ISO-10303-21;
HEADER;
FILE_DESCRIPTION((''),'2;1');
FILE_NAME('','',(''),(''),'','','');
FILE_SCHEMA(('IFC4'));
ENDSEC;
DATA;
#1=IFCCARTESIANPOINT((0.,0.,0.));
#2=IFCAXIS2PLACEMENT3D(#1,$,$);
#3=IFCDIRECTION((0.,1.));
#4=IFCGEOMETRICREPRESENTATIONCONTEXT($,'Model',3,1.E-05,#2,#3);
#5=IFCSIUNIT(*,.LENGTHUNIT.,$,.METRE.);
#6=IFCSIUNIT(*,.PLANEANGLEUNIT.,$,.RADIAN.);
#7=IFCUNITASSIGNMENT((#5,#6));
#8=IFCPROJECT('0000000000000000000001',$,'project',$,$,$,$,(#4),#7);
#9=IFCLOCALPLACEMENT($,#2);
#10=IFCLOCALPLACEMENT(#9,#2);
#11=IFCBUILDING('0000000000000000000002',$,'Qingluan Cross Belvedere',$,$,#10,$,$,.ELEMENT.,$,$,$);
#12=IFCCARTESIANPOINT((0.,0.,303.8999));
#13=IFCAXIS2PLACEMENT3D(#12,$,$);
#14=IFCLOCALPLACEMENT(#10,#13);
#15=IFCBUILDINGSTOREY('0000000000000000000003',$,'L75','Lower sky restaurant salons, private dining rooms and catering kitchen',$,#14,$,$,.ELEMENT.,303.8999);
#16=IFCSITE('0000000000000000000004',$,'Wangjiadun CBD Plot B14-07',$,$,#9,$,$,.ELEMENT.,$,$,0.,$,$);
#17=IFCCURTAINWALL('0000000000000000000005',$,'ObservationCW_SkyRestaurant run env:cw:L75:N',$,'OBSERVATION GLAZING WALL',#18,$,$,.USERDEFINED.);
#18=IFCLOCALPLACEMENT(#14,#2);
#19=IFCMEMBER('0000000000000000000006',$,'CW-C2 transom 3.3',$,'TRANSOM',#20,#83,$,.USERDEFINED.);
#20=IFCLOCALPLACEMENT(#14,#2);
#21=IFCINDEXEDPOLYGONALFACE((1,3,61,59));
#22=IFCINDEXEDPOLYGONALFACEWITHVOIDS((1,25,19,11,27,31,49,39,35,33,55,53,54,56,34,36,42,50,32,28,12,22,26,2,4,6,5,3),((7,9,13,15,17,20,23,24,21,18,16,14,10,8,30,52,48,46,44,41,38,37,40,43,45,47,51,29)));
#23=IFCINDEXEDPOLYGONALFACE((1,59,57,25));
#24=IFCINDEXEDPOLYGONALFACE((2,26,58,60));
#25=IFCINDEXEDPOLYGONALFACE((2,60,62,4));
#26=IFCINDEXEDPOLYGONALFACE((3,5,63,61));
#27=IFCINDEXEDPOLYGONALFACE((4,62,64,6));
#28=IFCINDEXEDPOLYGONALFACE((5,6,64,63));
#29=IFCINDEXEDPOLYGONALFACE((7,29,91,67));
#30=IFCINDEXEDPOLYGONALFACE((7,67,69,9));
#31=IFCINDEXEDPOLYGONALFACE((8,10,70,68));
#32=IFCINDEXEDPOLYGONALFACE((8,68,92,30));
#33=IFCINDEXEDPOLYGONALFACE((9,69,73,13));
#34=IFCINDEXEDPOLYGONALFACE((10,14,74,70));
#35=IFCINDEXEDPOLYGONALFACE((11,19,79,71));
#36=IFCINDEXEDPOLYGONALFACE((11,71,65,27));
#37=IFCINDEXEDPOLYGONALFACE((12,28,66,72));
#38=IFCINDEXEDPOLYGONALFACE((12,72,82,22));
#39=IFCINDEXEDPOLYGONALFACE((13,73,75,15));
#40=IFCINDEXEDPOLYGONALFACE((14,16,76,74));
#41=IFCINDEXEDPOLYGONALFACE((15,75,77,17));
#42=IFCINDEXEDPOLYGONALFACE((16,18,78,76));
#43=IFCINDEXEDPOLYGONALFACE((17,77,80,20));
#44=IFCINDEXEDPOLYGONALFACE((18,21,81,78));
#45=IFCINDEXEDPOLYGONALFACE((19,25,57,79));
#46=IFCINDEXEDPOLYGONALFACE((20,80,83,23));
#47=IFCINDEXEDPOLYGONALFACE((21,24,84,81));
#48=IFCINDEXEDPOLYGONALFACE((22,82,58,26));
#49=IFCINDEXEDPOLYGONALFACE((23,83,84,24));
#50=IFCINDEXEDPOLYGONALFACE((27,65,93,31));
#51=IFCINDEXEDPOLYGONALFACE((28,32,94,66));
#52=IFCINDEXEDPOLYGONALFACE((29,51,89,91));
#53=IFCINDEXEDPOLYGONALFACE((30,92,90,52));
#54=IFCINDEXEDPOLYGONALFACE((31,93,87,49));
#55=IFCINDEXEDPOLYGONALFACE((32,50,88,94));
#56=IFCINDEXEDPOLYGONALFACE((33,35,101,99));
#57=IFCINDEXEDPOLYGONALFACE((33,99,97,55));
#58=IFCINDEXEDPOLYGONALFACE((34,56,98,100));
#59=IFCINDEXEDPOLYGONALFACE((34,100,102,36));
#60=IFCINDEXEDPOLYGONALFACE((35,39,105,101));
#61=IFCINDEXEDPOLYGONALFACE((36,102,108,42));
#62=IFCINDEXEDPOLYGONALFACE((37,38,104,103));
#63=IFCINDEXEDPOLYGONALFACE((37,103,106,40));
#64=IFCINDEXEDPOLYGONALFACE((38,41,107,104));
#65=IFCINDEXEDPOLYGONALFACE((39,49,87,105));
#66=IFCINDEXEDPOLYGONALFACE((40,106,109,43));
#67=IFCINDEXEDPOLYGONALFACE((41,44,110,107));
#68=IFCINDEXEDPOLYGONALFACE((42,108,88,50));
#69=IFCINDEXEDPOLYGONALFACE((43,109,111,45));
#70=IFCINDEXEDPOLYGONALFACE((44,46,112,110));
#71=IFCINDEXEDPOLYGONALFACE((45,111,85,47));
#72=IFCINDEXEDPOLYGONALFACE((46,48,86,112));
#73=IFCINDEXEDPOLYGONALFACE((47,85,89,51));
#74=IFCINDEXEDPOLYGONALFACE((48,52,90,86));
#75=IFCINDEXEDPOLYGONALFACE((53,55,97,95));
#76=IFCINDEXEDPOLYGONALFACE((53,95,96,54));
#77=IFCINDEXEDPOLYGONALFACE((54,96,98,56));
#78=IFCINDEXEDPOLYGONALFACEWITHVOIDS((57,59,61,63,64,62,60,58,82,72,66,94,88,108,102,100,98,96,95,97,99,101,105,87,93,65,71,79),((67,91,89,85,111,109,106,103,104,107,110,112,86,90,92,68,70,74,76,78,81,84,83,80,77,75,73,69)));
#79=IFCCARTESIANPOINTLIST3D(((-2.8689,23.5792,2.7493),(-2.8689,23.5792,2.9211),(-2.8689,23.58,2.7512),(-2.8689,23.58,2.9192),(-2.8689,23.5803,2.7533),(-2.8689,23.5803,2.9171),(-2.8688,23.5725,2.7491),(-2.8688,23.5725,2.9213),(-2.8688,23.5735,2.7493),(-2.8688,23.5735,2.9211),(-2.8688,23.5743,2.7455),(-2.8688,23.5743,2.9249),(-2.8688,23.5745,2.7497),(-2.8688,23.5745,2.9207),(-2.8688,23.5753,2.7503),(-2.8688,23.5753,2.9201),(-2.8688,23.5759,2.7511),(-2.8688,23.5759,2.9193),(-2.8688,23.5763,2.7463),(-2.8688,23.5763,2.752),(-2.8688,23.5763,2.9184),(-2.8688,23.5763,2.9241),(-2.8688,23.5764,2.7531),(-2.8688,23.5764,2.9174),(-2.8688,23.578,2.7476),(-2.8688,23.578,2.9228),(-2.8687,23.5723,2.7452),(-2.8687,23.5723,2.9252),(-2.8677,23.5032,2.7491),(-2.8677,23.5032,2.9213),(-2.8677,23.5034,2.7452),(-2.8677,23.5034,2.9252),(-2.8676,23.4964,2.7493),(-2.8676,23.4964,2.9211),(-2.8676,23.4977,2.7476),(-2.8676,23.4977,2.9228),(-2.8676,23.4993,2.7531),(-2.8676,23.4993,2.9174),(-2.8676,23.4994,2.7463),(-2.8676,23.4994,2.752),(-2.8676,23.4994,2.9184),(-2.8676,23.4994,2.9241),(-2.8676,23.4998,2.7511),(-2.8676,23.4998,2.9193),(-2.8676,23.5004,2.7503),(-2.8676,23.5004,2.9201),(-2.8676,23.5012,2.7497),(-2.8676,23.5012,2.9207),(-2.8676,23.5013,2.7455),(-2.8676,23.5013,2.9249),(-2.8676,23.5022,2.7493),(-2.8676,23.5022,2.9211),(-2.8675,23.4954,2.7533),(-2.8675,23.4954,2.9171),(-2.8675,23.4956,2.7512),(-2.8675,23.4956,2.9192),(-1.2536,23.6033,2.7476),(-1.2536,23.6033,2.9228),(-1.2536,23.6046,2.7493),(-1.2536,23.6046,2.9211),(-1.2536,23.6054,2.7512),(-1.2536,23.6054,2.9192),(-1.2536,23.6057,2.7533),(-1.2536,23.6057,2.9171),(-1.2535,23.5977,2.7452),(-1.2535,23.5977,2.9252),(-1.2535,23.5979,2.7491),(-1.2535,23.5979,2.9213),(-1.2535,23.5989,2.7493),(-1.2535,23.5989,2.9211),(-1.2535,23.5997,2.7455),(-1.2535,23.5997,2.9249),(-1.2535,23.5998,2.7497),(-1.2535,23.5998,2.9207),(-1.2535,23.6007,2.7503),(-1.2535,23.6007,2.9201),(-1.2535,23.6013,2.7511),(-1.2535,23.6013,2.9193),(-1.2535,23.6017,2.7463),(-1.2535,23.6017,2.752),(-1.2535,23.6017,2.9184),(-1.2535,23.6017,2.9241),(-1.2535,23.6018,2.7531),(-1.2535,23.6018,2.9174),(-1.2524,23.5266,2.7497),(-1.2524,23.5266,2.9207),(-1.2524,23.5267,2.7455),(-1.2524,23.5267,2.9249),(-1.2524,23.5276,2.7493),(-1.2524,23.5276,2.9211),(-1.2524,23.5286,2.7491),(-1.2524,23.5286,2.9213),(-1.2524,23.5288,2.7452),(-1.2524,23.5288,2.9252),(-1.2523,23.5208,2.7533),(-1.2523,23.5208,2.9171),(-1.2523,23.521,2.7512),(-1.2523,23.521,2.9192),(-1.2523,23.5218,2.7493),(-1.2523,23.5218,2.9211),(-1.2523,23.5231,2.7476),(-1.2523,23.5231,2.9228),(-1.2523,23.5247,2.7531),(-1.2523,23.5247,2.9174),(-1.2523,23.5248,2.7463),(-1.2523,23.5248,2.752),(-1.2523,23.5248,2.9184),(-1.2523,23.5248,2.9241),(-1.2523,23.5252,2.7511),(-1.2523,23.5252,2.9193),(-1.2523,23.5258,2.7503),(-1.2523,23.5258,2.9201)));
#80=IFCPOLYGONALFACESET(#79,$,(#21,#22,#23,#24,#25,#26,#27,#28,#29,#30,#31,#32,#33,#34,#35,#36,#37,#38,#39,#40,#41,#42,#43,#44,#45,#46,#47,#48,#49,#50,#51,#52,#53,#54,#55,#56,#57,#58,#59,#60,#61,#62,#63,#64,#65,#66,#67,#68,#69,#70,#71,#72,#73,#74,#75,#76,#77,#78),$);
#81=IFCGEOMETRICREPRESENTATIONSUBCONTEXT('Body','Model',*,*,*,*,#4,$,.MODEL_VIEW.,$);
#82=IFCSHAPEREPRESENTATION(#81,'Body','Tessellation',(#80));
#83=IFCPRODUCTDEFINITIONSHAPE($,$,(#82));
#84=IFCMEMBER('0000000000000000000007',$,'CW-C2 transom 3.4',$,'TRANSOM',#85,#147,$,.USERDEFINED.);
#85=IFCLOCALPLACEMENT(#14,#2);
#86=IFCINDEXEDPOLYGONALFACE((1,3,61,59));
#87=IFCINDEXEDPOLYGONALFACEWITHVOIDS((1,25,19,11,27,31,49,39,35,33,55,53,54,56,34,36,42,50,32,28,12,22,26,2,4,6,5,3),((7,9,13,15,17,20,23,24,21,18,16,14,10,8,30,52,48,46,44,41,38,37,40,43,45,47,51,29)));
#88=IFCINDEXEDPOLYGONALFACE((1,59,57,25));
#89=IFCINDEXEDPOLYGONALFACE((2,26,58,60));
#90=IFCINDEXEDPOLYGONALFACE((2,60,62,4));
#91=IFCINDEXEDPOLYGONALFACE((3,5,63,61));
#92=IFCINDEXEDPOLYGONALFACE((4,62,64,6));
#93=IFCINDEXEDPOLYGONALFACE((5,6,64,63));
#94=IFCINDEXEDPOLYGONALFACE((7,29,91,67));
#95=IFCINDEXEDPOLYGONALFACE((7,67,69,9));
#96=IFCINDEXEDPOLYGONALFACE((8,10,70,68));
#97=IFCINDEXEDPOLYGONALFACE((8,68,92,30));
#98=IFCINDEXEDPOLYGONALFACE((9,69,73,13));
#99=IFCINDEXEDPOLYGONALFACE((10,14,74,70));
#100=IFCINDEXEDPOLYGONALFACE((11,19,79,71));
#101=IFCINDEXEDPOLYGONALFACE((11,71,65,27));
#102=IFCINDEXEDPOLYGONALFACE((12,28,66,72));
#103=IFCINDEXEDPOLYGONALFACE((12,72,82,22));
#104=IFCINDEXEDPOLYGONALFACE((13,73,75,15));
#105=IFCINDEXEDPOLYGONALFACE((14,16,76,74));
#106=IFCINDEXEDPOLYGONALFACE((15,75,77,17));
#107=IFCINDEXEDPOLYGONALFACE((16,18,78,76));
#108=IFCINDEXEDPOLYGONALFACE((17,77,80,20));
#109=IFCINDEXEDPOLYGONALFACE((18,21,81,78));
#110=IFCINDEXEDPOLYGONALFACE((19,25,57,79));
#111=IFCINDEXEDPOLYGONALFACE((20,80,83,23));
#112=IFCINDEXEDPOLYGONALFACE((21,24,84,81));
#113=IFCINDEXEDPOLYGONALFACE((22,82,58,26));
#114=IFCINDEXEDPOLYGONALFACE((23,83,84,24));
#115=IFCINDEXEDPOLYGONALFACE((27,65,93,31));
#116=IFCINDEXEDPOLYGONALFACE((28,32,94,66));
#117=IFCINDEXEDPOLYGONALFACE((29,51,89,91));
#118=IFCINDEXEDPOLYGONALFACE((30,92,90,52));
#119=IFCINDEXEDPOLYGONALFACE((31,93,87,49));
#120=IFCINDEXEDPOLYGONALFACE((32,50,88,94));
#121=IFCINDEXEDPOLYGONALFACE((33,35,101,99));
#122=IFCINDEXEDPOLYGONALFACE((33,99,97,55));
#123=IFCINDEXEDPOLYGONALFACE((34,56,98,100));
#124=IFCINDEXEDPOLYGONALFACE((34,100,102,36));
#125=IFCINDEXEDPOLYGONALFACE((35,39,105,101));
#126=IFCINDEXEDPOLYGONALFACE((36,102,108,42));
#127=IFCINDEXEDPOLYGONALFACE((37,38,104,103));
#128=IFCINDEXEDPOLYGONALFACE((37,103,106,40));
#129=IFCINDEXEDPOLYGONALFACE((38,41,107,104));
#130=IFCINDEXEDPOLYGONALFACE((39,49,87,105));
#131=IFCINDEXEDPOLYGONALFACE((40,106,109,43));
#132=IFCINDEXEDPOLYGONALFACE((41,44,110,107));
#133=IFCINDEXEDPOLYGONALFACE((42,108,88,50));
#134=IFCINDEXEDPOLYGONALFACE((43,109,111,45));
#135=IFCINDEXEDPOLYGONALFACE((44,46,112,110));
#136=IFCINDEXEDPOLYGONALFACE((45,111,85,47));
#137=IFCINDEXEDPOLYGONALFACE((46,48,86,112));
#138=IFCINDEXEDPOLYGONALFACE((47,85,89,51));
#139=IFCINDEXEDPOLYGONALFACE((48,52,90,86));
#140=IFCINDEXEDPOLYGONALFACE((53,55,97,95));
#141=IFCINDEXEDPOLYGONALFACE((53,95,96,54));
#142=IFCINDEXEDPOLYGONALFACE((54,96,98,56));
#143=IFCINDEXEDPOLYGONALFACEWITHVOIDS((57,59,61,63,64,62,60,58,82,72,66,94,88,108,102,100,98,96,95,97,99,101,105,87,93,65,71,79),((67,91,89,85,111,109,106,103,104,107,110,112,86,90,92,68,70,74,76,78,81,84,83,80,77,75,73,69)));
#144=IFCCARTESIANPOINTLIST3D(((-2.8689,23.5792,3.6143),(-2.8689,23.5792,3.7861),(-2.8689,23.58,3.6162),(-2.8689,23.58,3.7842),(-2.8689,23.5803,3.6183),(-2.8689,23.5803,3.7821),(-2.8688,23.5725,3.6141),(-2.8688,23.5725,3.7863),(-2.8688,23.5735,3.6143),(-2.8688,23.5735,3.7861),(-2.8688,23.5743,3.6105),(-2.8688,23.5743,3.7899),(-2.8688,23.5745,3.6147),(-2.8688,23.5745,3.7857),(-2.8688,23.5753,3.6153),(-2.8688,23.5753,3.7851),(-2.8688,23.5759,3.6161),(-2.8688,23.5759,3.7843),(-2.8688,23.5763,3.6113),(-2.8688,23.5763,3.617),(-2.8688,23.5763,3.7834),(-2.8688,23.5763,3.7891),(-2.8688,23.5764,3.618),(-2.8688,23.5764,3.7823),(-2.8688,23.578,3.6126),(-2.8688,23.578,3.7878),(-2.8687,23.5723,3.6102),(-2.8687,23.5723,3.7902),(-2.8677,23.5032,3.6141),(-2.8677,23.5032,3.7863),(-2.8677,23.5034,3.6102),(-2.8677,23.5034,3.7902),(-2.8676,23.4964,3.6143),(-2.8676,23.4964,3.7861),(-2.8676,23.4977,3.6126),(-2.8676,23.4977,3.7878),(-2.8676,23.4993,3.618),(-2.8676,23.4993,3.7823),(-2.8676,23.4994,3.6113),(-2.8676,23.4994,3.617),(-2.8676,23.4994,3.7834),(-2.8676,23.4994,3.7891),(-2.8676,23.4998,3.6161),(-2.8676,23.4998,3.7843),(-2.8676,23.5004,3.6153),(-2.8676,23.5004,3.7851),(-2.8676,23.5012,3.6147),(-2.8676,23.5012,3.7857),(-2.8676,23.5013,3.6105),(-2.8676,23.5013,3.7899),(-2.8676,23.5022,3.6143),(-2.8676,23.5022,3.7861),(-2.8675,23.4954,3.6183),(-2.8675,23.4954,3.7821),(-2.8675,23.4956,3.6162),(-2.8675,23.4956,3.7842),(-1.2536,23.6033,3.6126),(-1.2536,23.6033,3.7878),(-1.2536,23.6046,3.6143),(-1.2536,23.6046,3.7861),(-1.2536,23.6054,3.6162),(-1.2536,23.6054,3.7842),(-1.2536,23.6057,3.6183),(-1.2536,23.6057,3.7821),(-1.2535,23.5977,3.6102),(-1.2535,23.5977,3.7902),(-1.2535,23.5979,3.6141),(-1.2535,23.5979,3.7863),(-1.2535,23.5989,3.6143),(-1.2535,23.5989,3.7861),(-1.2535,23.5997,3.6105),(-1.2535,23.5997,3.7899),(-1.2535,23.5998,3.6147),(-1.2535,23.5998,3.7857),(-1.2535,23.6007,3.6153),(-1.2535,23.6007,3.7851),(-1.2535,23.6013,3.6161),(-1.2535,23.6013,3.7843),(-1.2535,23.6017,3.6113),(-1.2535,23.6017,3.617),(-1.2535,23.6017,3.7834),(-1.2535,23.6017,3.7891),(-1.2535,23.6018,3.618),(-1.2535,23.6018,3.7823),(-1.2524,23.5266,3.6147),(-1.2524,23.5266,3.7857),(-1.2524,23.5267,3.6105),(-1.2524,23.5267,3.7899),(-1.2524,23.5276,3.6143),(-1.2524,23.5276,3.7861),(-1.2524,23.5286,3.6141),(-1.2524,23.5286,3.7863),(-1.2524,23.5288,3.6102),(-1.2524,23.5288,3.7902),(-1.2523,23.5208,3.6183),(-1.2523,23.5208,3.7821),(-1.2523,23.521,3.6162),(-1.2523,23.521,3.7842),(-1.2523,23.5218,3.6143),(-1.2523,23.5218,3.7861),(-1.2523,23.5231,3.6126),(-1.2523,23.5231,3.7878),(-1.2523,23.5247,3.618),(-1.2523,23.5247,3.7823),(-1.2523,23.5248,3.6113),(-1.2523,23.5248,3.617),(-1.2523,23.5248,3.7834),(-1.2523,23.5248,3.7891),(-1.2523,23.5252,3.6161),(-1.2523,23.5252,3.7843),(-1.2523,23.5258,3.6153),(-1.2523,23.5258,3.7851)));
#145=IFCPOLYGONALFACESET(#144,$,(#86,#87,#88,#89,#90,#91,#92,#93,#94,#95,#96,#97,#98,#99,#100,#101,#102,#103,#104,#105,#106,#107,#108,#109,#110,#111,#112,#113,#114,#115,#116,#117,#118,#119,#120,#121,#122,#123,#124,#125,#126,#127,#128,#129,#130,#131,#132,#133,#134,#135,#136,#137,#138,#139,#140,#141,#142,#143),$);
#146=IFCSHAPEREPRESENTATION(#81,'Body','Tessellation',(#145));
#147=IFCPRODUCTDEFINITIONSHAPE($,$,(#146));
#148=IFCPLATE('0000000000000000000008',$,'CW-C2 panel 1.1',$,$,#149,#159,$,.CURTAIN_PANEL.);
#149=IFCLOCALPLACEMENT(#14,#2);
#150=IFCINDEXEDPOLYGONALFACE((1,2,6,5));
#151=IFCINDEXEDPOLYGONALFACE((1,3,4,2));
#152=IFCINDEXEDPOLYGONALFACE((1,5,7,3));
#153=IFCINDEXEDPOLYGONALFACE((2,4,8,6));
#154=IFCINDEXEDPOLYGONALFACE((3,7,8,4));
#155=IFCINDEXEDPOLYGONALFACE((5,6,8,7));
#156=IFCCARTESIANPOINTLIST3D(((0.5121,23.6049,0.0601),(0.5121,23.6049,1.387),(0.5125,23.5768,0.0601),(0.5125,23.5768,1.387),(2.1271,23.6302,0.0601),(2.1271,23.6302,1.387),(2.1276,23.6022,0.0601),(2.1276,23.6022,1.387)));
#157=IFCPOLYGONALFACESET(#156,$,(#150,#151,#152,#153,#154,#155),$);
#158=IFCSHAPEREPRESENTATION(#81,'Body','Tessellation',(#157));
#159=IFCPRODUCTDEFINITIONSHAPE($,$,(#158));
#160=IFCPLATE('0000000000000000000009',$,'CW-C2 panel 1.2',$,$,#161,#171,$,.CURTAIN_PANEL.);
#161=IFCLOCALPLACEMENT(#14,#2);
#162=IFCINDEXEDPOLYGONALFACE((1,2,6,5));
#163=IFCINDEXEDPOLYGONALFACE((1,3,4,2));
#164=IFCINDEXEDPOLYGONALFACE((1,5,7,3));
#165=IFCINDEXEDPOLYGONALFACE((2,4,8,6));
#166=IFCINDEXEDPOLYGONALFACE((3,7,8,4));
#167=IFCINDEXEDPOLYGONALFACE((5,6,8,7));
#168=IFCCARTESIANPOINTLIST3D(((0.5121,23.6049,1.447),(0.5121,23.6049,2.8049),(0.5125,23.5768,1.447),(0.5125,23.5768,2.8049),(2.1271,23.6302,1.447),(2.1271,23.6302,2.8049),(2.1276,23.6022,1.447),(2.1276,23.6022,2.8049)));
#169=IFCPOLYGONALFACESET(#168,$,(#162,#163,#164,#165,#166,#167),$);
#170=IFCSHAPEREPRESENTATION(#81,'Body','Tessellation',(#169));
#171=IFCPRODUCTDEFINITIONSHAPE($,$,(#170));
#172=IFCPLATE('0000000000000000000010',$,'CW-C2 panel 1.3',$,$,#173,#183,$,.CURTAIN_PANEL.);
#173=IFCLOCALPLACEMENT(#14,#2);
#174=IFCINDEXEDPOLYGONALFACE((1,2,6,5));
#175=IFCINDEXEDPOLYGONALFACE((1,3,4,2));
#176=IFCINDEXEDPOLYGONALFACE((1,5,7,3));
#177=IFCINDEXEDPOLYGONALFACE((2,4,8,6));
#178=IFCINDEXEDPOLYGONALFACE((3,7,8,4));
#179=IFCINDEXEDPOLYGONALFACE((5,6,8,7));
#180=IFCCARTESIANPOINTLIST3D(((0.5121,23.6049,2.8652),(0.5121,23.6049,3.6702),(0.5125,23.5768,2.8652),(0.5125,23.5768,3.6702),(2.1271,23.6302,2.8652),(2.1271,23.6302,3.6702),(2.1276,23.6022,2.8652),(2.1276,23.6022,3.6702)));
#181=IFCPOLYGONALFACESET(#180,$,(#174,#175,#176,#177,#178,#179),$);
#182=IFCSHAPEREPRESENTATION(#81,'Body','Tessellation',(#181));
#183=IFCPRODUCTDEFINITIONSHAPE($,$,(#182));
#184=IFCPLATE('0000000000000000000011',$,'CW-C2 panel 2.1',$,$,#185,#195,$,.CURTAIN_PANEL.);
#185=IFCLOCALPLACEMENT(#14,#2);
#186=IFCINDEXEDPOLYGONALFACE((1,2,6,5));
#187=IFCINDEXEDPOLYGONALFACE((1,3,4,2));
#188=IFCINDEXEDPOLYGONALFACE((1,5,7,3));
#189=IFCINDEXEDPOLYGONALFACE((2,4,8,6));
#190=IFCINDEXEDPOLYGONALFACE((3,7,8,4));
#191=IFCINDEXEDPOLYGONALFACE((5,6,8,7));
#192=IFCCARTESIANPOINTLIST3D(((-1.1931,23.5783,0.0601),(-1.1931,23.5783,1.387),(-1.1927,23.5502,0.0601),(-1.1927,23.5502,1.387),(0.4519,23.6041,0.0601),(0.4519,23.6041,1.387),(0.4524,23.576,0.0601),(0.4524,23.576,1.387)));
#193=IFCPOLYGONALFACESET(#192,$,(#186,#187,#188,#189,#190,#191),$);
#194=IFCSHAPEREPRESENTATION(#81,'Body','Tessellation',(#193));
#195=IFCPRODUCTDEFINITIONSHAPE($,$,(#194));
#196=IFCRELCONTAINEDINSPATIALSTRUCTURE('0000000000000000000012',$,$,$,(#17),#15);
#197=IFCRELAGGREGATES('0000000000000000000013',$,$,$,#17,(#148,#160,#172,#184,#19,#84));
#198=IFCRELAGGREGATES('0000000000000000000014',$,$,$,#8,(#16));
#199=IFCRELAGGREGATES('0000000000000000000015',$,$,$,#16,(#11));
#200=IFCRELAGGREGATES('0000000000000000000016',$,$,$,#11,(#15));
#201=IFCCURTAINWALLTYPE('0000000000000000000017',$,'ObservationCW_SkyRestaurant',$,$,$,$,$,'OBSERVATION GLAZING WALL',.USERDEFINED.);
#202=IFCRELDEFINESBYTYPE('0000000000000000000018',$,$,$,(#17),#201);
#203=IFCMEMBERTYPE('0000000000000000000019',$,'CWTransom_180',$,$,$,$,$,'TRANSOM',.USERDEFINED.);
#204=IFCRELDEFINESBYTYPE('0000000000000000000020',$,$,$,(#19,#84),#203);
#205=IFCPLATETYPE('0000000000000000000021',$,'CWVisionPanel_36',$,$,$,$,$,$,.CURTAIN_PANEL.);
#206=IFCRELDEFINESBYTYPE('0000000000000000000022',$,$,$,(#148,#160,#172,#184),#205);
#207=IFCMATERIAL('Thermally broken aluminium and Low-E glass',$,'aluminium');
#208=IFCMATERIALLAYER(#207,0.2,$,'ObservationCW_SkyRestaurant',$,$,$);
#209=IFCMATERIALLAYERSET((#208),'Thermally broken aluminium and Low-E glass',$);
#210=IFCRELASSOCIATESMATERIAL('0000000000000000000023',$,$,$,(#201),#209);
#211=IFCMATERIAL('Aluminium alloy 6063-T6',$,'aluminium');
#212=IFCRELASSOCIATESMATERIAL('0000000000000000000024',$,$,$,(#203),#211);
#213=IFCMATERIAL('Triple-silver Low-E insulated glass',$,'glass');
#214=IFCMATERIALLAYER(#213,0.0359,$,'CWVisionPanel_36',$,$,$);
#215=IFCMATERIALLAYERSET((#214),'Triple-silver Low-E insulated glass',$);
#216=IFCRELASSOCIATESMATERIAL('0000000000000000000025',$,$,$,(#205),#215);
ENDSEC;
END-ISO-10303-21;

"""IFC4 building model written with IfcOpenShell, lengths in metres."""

from ifc_helpers import new_model, si_unit, direction, frame, origin, origin_2d, place, context, subcontext, project, spatial, rectangle, hollow_rectangle, extrude, material, layer, layer_set, material_profile, profile_set, type_object, element, aggregate, save


model = new_model("IFC4")

# Units and contexts
model_context = context("Model", 3, precision=1e-05, world=origin(), true_north=direction((0.0, 1.0)))
body_context = subcontext(model_context, "Body", "Model", "MODEL_VIEW")
ifc_project = project(units=[si_unit("LENGTHUNIT", "METRE"), si_unit("PLANEANGLEUNIT", "RADIAN")], contexts=[model_context])

# Site, building, storey
site_placement = place(None, origin())
site = spatial("IfcSite", under=ifc_project, at=site_placement, Name="Wangjiadun CBD Plot B14-07", CompositionType="ELEMENT", RefElevation=0.0)
building_placement = place(site_placement, origin())
building = spatial("IfcBuilding", under=site, at=building_placement, Name="Qingluan Cross Belvedere", CompositionType="ELEMENT")
storey_placement = place(building_placement, frame((0.0, 0.0, 303.8999)))
storey = spatial("IfcBuildingStorey", under=building, at=storey_placement, Name="L75", Description="Lower sky restaurant salons, private dining rooms and catering kitchen", CompositionType="ELEMENT", Elevation=303.8999)

# Curtain wall, members, plates
ifc_material_1 = material(Name="Thermally broken aluminium and Low-E glass", Category="aluminium")
ifc_layer_1 = layer(ifc_material_1, 0.2, Name="ObservationCW_SkyRestaurant")
ifc_layer_set_1 = layer_set([ifc_layer_1], Name="Thermally broken aluminium and Low-E glass")
curtain_wall_type = type_object("IfcCurtainWallType", Name="ObservationCW_SkyRestaurant", ElementType="OBSERVATION GLAZING WALL", PredefinedType="USERDEFINED", material=ifc_layer_set_1)
curtain_wall_placement = place(storey_placement, origin())
curtain_wall = element("IfcCurtainWall", 1, at=curtain_wall_placement, inside=storey, type_object=curtain_wall_type, Name="ObservationCW_SkyRestaurant run env:cw:L75:N", ObjectType="OBSERVATION GLAZING WALL", PredefinedType="USERDEFINED")
ifc_material_2 = material(Name="Aluminium alloy 6063-T6", Category="aluminium")
ifc_material_profile_1 = material_profile(ifc_material_2, hollow_rectangle(XDim=0.085, YDim=0.1799, WallThickness=0.0039, InnerFilletRadius=0.0039, OuterFilletRadius=0.0081, at=origin_2d()), Name="CWT180x85x4")
ifc_profile_set_1 = profile_set([ifc_material_profile_1], Name="Aluminium alloy 6063-T6")
member_type_1 = type_object("IfcMemberType", Name="CWTransom_180", ElementType="TRANSOM", PredefinedType="USERDEFINED", material=ifc_profile_set_1)
member_1_placement = place(storey_placement, frame((-1.2529, 23.5632, 2.8352), z_axis=(-0.999876, -0.015718, 0.0), x_axis=(0.015718, -0.999876, 0.0)))
member_1 = element("IfcMember", 2, at=member_1_placement, type_object=member_type_1, Name="CW-C2 transom 3.3", ObjectType="TRANSOM", PredefinedType="USERDEFINED", context=body_context, shape_type="SweptSolid", body=[
    extrude(hollow_rectangle(XDim=0.085, YDim=0.1799, WallThickness=0.0039, InnerFilletRadius=0.0039, OuterFilletRadius=0.0081, at=origin_2d()), origin(), (0.0, 0.0, 1.0), 1.6155),
])
member_2_placement = place(storey_placement, frame((-1.2529, 23.5632, 3.7002), z_axis=(-0.999876, -0.015718, 0.0), x_axis=(0.015718, -0.999876, 0.0)))
member_2 = element("IfcMember", 3, at=member_2_placement, type_object=member_type_1, Name="CW-C2 transom 3.4", ObjectType="TRANSOM", PredefinedType="USERDEFINED", context=body_context, shape_type="SweptSolid", body=[
    extrude(hollow_rectangle(XDim=0.085, YDim=0.1799, WallThickness=0.0039, InnerFilletRadius=0.0039, OuterFilletRadius=0.0081, at=origin_2d()), origin(), (0.0, 0.0, 1.0), 1.6155),
])
ifc_material_3 = material(Name="Triple-silver Low-E insulated glass", Category="glass")
ifc_layer_2 = layer(ifc_material_3, 0.0359, Name="CWVisionPanel_36")
ifc_layer_set_2 = layer_set([ifc_layer_2], Name="Triple-silver Low-E insulated glass")
plate_type = type_object("IfcPlateType", Name="CWVisionPanel_36", PredefinedType="CURTAIN_PANEL", material=ifc_layer_set_2)
plate_1_placement = place(storey_placement, frame((1.3198, 23.6035, 0.0601), z_axis=(0.0, 0.0, 1.0), x_axis=(-0.999877, -0.015696, 0.0)))
plate_1 = element("IfcPlate", 4, at=plate_1_placement, type_object=plate_type, Name="CW-C2 panel 1.1", PredefinedType="CURTAIN_PANEL", context=body_context, shape_type="SweptSolid", body=[
    extrude(rectangle(XDim=1.6152, YDim=0.0281, at=origin_2d()), origin(), (0.0, 0.0, 1.0), 1.3269),
])
plate_2_placement = place(storey_placement, frame((1.3198, 23.6035, 1.447), z_axis=(0.0, 0.0, 1.0), x_axis=(-0.999877, -0.015696, 0.0)))
plate_2 = element("IfcPlate", 5, at=plate_2_placement, type_object=plate_type, Name="CW-C2 panel 1.2", PredefinedType="CURTAIN_PANEL", context=body_context, shape_type="SweptSolid", body=[
    extrude(rectangle(XDim=1.6152, YDim=0.0281, at=origin_2d()), origin(), (0.0, 0.0, 1.0), 1.3579),
])
plate_3_placement = place(storey_placement, frame((1.3198, 23.6035, 2.8652), z_axis=(0.0, 0.0, 1.0), x_axis=(-0.999877, -0.015696, 0.0)))
plate_3 = element("IfcPlate", 6, at=plate_3_placement, type_object=plate_type, Name="CW-C2 panel 1.3", PredefinedType="CURTAIN_PANEL", context=body_context, shape_type="SweptSolid", body=[
    extrude(rectangle(XDim=1.6152, YDim=0.0281, at=origin_2d()), origin(), (0.0, 0.0, 1.0), 0.8049),
])
plate_4_placement = place(storey_placement, frame((-0.3704, 23.5771, 0.0601), z_axis=(0.0, 0.0, 1.0), x_axis=(-0.999877, -0.015696, 0.0)))
plate_4 = element("IfcPlate", 7, at=plate_4_placement, type_object=plate_type, Name="CW-C2 panel 2.1", PredefinedType="CURTAIN_PANEL", context=body_context, shape_type="SweptSolid", body=[
    extrude(rectangle(XDim=1.6453, YDim=0.0281, at=origin_2d()), origin(), (0.0, 0.0, 1.0), 1.3269),
])
aggregate(curtain_wall, [plate_1, plate_2, plate_3, plate_4, member_1, member_2])

save(model, "model.ifc")
